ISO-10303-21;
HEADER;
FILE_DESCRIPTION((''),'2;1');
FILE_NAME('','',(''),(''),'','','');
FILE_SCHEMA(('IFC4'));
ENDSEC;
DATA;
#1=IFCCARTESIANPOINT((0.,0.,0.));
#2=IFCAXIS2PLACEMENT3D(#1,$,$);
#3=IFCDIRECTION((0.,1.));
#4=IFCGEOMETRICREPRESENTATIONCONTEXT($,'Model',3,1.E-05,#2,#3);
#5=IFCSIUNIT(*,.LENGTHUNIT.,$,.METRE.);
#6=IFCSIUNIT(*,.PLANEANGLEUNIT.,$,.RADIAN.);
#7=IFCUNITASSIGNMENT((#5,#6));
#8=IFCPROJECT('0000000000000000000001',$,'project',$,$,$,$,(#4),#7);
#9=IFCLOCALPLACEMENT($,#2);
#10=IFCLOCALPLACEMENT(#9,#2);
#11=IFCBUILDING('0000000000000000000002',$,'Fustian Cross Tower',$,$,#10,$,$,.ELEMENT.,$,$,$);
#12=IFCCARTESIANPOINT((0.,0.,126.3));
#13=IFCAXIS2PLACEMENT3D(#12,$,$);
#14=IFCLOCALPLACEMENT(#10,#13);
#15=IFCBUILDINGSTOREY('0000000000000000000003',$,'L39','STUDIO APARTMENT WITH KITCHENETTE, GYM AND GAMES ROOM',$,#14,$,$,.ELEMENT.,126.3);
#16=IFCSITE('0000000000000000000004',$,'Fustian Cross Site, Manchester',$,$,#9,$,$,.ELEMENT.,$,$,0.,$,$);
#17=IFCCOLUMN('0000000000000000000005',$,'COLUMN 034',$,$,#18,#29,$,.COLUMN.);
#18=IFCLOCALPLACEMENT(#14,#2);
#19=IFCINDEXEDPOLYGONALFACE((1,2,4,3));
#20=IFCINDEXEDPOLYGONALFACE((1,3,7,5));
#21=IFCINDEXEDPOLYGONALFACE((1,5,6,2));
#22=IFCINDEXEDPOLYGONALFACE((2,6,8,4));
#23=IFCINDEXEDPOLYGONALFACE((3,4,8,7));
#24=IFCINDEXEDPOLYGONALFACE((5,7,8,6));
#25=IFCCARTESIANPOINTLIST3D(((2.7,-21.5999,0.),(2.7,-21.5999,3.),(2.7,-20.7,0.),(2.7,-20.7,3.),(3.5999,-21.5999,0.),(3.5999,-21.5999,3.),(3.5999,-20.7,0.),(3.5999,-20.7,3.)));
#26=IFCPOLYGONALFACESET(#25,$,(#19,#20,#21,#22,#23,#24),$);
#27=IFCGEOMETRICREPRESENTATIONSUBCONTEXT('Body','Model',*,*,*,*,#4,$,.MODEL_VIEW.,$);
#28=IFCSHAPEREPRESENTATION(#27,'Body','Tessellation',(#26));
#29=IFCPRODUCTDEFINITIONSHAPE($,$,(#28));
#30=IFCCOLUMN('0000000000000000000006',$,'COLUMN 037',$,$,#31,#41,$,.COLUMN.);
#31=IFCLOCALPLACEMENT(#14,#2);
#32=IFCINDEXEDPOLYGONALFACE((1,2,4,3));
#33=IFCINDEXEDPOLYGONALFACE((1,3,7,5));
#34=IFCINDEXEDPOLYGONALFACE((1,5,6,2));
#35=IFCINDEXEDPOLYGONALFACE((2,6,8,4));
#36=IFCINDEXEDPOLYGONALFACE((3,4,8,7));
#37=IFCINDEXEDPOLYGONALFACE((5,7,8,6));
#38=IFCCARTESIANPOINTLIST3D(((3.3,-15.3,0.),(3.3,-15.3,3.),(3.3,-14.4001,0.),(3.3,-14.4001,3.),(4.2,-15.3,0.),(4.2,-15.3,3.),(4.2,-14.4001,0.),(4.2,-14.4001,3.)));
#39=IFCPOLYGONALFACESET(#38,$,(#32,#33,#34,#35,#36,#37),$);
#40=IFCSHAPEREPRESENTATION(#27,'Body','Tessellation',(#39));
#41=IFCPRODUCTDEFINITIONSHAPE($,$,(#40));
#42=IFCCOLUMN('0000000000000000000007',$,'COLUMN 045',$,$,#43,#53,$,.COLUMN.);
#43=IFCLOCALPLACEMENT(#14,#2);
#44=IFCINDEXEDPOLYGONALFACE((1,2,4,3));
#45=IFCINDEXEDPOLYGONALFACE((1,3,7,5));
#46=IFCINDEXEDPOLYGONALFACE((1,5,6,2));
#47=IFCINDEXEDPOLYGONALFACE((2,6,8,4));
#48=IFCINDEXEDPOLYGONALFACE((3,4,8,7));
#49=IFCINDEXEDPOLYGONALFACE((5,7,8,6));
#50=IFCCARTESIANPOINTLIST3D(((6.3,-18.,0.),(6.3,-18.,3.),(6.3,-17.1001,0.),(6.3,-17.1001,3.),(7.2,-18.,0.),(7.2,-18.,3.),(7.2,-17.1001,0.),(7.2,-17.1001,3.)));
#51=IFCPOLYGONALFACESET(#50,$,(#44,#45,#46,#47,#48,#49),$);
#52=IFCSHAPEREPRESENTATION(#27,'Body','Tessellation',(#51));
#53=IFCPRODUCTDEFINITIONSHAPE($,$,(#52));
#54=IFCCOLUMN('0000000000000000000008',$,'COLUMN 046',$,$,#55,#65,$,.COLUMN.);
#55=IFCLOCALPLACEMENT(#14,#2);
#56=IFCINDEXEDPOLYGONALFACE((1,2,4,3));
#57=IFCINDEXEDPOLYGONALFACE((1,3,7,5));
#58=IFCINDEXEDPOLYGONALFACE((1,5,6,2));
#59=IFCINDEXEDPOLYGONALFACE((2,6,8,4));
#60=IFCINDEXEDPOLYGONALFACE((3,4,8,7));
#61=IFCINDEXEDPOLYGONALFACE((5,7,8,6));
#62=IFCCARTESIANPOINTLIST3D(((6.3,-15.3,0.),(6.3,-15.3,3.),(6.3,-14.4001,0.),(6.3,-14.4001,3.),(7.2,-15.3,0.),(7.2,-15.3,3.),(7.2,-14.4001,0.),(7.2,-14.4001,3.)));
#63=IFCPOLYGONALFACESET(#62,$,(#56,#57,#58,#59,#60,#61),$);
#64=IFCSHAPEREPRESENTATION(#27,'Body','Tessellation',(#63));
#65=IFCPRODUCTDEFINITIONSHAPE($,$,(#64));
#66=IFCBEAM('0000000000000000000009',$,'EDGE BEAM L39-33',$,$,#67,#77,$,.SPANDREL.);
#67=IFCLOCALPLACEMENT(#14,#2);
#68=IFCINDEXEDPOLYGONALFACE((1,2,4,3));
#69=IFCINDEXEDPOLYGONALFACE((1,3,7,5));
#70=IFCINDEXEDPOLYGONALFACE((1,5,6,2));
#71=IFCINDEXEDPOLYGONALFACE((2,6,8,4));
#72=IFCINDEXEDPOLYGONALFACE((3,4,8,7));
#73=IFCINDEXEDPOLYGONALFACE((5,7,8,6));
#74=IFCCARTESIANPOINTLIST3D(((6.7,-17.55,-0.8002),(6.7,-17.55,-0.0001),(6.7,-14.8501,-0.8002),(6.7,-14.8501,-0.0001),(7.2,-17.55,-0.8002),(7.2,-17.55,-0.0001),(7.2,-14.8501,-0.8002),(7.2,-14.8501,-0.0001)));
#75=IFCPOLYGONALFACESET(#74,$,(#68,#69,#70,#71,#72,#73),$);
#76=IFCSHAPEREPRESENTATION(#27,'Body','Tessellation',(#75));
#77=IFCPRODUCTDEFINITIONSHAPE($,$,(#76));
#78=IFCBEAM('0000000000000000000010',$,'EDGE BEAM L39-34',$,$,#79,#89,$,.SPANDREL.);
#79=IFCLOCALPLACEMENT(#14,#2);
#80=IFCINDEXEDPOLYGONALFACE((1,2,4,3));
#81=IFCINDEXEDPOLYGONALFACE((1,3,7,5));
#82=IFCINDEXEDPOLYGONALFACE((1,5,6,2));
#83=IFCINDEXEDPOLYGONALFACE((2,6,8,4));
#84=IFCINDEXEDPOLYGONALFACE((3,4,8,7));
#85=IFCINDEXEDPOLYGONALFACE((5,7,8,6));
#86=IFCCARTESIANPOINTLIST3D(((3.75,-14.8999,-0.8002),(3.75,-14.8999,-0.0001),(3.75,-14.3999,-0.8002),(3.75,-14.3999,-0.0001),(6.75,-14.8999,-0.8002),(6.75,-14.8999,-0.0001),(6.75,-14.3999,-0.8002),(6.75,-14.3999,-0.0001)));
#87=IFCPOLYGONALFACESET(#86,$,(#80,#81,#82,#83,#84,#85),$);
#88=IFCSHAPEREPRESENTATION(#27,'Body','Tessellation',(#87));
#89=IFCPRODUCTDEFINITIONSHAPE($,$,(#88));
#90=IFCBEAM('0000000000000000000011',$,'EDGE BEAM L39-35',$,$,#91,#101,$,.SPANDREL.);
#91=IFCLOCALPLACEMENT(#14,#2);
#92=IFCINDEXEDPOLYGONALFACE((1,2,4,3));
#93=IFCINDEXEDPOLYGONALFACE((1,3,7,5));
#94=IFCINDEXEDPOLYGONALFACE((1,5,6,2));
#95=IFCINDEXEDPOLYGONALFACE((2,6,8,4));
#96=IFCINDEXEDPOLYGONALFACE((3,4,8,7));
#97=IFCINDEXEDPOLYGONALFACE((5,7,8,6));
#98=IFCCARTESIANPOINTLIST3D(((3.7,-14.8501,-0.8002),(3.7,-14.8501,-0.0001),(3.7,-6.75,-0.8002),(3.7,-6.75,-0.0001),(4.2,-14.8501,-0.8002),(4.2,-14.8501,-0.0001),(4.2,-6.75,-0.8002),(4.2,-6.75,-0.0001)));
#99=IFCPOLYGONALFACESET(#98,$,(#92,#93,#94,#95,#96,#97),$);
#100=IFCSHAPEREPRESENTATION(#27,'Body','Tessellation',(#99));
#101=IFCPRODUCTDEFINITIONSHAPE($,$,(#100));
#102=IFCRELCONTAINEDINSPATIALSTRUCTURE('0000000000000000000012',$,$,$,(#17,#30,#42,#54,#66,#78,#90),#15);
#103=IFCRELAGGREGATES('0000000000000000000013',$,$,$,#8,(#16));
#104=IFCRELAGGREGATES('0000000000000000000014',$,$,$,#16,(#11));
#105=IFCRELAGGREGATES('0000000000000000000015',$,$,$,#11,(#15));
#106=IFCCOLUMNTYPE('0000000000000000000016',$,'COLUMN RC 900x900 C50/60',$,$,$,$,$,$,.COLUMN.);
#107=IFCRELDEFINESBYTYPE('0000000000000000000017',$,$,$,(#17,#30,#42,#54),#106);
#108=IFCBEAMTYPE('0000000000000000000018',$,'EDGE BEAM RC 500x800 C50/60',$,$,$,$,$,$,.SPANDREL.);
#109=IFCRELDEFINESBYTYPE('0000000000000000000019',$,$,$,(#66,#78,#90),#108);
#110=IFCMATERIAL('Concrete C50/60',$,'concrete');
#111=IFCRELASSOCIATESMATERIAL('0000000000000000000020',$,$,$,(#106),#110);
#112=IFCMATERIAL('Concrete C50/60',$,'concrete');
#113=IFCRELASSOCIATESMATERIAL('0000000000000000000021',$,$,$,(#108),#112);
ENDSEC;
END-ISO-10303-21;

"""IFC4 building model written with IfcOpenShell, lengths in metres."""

from ifc_helpers import new_model, si_unit, direction, frame, origin, origin_2d, place, context, subcontext, project, spatial, rectangle, extrude, material, material_profile, profile_set, type_object, element, save


model = new_model("IFC4")

# Units and contexts
model_context = context("Model", 3, precision=1e-05, world=origin(), true_north=direction((0.0, 1.0)))
body_context = subcontext(model_context, "Body", "Model", "MODEL_VIEW")
ifc_project = project(units=[si_unit("LENGTHUNIT", "METRE"), si_unit("PLANEANGLEUNIT", "RADIAN")], contexts=[model_context])

# Site, building, storey
site_placement = place(None, origin())
site = spatial("IfcSite", under=ifc_project, at=site_placement, Name="Fustian Cross Site, Manchester", CompositionType="ELEMENT", RefElevation=0.0)
building_placement = place(site_placement, origin())
building = spatial("IfcBuilding", under=site, at=building_placement, Name="Fustian Cross Tower", CompositionType="ELEMENT")
storey_placement = place(building_placement, frame((0.0, 0.0, 126.3)))
storey = spatial("IfcBuildingStorey", under=building, at=storey_placement, Name="L39", Description="STUDIO APARTMENT WITH KITCHENETTE, GYM AND GAMES ROOM", CompositionType="ELEMENT", Elevation=126.3)

# Columns
ifc_material_1 = material(Name="Concrete C50/60", Category="concrete")
ifc_material_profile_1 = material_profile(ifc_material_1, rectangle(XDim=0.8999, YDim=0.8999, at=origin_2d()), Name="RC 900x900")
ifc_profile_set_1 = profile_set([ifc_material_profile_1], Name="Concrete C50/60")
column_type = type_object("IfcColumnType", Name="COLUMN RC 900x900 C50/60", PredefinedType="COLUMN", material=ifc_profile_set_1)
for number, where, z_axis, x_axis, name in (
    (1, (3.1499, -21.1499, 0.0), (0.0, 0.0, 1.0), (1.0, 0.0, 0.0), "COLUMN 034"),
    (2, (3.75, -14.8501, 0.0), (0.0, 0.0, 1.0), (1.0, 0.0, 0.0), "COLUMN 037"),
    (3, (6.75, -17.55, 0.0), (0.0, 0.0, 1.0), (1.0, 0.0, 0.0), "COLUMN 045"),
    (4, (6.75, -14.8501, 0.0), (0.0, 0.0, 1.0), (1.0, 0.0, 0.0), "COLUMN 046"),
):
    element("IfcColumn", number, at=place(storey_placement, frame(where, z_axis=z_axis, x_axis=x_axis)), inside=storey, type_object=column_type, Name=name, PredefinedType="COLUMN", context=body_context, shape_type="SweptSolid", body=[
        extrude(rectangle(XDim=0.8999, YDim=0.8999, at=origin_2d()), origin(), (0.0, 0.0, 1.0), 3.0),
    ])

# Beams
ifc_material_2 = material(Name="Concrete C50/60", Category="concrete")
ifc_material_profile_2 = material_profile(ifc_material_2, rectangle(XDim=0.5, YDim=0.8, at=origin_2d()), Name="RC 500x800")
ifc_profile_set_2 = profile_set([ifc_material_profile_2], Name="Concrete C50/60")
beam_type = type_object("IfcBeamType", Name="EDGE BEAM RC 500x800 C50/60", PredefinedType="SPANDREL", material=ifc_profile_set_2)
beam_1_placement = place(storey_placement, frame((6.95, -17.55, -0.4001), z_axis=(0.0, 1.0, 0.0), x_axis=(-1.0, 0.0, 0.0)))
element("IfcBeam", 5, at=beam_1_placement, inside=storey, type_object=beam_type, Name="EDGE BEAM L39-33", PredefinedType="SPANDREL", context=body_context, shape_type="SweptSolid", body=[
    extrude(rectangle(XDim=0.5, YDim=0.8, at=origin_2d()), origin(), (0.0, 0.0, 1.0), 2.7),
])
beam_2_placement = place(storey_placement, frame((6.75, -14.6499, -0.4001), z_axis=(-1.0, 0.0, 0.0), x_axis=(0.0, -1.0, 0.0)))
element("IfcBeam", 6, at=beam_2_placement, inside=storey, type_object=beam_type, Name="EDGE BEAM L39-34", PredefinedType="SPANDREL", context=body_context, shape_type="SweptSolid", body=[
    extrude(rectangle(XDim=0.5, YDim=0.8, at=origin_2d()), origin(), (0.0, 0.0, 1.0), 3.0),
])
beam_3_placement = place(storey_placement, frame((3.95, -14.8501, -0.4001), z_axis=(0.0, 1.0, 0.0), x_axis=(-1.0, 0.0, 0.0)))
element("IfcBeam", 7, at=beam_3_placement, inside=storey, type_object=beam_type, Name="EDGE BEAM L39-35", PredefinedType="SPANDREL", context=body_context, shape_type="SweptSolid", body=[
    extrude(rectangle(XDim=0.5, YDim=0.8, at=origin_2d()), origin(), (0.0, 0.0, 1.0), 8.1001),
])

save(model, "model.ifc")
